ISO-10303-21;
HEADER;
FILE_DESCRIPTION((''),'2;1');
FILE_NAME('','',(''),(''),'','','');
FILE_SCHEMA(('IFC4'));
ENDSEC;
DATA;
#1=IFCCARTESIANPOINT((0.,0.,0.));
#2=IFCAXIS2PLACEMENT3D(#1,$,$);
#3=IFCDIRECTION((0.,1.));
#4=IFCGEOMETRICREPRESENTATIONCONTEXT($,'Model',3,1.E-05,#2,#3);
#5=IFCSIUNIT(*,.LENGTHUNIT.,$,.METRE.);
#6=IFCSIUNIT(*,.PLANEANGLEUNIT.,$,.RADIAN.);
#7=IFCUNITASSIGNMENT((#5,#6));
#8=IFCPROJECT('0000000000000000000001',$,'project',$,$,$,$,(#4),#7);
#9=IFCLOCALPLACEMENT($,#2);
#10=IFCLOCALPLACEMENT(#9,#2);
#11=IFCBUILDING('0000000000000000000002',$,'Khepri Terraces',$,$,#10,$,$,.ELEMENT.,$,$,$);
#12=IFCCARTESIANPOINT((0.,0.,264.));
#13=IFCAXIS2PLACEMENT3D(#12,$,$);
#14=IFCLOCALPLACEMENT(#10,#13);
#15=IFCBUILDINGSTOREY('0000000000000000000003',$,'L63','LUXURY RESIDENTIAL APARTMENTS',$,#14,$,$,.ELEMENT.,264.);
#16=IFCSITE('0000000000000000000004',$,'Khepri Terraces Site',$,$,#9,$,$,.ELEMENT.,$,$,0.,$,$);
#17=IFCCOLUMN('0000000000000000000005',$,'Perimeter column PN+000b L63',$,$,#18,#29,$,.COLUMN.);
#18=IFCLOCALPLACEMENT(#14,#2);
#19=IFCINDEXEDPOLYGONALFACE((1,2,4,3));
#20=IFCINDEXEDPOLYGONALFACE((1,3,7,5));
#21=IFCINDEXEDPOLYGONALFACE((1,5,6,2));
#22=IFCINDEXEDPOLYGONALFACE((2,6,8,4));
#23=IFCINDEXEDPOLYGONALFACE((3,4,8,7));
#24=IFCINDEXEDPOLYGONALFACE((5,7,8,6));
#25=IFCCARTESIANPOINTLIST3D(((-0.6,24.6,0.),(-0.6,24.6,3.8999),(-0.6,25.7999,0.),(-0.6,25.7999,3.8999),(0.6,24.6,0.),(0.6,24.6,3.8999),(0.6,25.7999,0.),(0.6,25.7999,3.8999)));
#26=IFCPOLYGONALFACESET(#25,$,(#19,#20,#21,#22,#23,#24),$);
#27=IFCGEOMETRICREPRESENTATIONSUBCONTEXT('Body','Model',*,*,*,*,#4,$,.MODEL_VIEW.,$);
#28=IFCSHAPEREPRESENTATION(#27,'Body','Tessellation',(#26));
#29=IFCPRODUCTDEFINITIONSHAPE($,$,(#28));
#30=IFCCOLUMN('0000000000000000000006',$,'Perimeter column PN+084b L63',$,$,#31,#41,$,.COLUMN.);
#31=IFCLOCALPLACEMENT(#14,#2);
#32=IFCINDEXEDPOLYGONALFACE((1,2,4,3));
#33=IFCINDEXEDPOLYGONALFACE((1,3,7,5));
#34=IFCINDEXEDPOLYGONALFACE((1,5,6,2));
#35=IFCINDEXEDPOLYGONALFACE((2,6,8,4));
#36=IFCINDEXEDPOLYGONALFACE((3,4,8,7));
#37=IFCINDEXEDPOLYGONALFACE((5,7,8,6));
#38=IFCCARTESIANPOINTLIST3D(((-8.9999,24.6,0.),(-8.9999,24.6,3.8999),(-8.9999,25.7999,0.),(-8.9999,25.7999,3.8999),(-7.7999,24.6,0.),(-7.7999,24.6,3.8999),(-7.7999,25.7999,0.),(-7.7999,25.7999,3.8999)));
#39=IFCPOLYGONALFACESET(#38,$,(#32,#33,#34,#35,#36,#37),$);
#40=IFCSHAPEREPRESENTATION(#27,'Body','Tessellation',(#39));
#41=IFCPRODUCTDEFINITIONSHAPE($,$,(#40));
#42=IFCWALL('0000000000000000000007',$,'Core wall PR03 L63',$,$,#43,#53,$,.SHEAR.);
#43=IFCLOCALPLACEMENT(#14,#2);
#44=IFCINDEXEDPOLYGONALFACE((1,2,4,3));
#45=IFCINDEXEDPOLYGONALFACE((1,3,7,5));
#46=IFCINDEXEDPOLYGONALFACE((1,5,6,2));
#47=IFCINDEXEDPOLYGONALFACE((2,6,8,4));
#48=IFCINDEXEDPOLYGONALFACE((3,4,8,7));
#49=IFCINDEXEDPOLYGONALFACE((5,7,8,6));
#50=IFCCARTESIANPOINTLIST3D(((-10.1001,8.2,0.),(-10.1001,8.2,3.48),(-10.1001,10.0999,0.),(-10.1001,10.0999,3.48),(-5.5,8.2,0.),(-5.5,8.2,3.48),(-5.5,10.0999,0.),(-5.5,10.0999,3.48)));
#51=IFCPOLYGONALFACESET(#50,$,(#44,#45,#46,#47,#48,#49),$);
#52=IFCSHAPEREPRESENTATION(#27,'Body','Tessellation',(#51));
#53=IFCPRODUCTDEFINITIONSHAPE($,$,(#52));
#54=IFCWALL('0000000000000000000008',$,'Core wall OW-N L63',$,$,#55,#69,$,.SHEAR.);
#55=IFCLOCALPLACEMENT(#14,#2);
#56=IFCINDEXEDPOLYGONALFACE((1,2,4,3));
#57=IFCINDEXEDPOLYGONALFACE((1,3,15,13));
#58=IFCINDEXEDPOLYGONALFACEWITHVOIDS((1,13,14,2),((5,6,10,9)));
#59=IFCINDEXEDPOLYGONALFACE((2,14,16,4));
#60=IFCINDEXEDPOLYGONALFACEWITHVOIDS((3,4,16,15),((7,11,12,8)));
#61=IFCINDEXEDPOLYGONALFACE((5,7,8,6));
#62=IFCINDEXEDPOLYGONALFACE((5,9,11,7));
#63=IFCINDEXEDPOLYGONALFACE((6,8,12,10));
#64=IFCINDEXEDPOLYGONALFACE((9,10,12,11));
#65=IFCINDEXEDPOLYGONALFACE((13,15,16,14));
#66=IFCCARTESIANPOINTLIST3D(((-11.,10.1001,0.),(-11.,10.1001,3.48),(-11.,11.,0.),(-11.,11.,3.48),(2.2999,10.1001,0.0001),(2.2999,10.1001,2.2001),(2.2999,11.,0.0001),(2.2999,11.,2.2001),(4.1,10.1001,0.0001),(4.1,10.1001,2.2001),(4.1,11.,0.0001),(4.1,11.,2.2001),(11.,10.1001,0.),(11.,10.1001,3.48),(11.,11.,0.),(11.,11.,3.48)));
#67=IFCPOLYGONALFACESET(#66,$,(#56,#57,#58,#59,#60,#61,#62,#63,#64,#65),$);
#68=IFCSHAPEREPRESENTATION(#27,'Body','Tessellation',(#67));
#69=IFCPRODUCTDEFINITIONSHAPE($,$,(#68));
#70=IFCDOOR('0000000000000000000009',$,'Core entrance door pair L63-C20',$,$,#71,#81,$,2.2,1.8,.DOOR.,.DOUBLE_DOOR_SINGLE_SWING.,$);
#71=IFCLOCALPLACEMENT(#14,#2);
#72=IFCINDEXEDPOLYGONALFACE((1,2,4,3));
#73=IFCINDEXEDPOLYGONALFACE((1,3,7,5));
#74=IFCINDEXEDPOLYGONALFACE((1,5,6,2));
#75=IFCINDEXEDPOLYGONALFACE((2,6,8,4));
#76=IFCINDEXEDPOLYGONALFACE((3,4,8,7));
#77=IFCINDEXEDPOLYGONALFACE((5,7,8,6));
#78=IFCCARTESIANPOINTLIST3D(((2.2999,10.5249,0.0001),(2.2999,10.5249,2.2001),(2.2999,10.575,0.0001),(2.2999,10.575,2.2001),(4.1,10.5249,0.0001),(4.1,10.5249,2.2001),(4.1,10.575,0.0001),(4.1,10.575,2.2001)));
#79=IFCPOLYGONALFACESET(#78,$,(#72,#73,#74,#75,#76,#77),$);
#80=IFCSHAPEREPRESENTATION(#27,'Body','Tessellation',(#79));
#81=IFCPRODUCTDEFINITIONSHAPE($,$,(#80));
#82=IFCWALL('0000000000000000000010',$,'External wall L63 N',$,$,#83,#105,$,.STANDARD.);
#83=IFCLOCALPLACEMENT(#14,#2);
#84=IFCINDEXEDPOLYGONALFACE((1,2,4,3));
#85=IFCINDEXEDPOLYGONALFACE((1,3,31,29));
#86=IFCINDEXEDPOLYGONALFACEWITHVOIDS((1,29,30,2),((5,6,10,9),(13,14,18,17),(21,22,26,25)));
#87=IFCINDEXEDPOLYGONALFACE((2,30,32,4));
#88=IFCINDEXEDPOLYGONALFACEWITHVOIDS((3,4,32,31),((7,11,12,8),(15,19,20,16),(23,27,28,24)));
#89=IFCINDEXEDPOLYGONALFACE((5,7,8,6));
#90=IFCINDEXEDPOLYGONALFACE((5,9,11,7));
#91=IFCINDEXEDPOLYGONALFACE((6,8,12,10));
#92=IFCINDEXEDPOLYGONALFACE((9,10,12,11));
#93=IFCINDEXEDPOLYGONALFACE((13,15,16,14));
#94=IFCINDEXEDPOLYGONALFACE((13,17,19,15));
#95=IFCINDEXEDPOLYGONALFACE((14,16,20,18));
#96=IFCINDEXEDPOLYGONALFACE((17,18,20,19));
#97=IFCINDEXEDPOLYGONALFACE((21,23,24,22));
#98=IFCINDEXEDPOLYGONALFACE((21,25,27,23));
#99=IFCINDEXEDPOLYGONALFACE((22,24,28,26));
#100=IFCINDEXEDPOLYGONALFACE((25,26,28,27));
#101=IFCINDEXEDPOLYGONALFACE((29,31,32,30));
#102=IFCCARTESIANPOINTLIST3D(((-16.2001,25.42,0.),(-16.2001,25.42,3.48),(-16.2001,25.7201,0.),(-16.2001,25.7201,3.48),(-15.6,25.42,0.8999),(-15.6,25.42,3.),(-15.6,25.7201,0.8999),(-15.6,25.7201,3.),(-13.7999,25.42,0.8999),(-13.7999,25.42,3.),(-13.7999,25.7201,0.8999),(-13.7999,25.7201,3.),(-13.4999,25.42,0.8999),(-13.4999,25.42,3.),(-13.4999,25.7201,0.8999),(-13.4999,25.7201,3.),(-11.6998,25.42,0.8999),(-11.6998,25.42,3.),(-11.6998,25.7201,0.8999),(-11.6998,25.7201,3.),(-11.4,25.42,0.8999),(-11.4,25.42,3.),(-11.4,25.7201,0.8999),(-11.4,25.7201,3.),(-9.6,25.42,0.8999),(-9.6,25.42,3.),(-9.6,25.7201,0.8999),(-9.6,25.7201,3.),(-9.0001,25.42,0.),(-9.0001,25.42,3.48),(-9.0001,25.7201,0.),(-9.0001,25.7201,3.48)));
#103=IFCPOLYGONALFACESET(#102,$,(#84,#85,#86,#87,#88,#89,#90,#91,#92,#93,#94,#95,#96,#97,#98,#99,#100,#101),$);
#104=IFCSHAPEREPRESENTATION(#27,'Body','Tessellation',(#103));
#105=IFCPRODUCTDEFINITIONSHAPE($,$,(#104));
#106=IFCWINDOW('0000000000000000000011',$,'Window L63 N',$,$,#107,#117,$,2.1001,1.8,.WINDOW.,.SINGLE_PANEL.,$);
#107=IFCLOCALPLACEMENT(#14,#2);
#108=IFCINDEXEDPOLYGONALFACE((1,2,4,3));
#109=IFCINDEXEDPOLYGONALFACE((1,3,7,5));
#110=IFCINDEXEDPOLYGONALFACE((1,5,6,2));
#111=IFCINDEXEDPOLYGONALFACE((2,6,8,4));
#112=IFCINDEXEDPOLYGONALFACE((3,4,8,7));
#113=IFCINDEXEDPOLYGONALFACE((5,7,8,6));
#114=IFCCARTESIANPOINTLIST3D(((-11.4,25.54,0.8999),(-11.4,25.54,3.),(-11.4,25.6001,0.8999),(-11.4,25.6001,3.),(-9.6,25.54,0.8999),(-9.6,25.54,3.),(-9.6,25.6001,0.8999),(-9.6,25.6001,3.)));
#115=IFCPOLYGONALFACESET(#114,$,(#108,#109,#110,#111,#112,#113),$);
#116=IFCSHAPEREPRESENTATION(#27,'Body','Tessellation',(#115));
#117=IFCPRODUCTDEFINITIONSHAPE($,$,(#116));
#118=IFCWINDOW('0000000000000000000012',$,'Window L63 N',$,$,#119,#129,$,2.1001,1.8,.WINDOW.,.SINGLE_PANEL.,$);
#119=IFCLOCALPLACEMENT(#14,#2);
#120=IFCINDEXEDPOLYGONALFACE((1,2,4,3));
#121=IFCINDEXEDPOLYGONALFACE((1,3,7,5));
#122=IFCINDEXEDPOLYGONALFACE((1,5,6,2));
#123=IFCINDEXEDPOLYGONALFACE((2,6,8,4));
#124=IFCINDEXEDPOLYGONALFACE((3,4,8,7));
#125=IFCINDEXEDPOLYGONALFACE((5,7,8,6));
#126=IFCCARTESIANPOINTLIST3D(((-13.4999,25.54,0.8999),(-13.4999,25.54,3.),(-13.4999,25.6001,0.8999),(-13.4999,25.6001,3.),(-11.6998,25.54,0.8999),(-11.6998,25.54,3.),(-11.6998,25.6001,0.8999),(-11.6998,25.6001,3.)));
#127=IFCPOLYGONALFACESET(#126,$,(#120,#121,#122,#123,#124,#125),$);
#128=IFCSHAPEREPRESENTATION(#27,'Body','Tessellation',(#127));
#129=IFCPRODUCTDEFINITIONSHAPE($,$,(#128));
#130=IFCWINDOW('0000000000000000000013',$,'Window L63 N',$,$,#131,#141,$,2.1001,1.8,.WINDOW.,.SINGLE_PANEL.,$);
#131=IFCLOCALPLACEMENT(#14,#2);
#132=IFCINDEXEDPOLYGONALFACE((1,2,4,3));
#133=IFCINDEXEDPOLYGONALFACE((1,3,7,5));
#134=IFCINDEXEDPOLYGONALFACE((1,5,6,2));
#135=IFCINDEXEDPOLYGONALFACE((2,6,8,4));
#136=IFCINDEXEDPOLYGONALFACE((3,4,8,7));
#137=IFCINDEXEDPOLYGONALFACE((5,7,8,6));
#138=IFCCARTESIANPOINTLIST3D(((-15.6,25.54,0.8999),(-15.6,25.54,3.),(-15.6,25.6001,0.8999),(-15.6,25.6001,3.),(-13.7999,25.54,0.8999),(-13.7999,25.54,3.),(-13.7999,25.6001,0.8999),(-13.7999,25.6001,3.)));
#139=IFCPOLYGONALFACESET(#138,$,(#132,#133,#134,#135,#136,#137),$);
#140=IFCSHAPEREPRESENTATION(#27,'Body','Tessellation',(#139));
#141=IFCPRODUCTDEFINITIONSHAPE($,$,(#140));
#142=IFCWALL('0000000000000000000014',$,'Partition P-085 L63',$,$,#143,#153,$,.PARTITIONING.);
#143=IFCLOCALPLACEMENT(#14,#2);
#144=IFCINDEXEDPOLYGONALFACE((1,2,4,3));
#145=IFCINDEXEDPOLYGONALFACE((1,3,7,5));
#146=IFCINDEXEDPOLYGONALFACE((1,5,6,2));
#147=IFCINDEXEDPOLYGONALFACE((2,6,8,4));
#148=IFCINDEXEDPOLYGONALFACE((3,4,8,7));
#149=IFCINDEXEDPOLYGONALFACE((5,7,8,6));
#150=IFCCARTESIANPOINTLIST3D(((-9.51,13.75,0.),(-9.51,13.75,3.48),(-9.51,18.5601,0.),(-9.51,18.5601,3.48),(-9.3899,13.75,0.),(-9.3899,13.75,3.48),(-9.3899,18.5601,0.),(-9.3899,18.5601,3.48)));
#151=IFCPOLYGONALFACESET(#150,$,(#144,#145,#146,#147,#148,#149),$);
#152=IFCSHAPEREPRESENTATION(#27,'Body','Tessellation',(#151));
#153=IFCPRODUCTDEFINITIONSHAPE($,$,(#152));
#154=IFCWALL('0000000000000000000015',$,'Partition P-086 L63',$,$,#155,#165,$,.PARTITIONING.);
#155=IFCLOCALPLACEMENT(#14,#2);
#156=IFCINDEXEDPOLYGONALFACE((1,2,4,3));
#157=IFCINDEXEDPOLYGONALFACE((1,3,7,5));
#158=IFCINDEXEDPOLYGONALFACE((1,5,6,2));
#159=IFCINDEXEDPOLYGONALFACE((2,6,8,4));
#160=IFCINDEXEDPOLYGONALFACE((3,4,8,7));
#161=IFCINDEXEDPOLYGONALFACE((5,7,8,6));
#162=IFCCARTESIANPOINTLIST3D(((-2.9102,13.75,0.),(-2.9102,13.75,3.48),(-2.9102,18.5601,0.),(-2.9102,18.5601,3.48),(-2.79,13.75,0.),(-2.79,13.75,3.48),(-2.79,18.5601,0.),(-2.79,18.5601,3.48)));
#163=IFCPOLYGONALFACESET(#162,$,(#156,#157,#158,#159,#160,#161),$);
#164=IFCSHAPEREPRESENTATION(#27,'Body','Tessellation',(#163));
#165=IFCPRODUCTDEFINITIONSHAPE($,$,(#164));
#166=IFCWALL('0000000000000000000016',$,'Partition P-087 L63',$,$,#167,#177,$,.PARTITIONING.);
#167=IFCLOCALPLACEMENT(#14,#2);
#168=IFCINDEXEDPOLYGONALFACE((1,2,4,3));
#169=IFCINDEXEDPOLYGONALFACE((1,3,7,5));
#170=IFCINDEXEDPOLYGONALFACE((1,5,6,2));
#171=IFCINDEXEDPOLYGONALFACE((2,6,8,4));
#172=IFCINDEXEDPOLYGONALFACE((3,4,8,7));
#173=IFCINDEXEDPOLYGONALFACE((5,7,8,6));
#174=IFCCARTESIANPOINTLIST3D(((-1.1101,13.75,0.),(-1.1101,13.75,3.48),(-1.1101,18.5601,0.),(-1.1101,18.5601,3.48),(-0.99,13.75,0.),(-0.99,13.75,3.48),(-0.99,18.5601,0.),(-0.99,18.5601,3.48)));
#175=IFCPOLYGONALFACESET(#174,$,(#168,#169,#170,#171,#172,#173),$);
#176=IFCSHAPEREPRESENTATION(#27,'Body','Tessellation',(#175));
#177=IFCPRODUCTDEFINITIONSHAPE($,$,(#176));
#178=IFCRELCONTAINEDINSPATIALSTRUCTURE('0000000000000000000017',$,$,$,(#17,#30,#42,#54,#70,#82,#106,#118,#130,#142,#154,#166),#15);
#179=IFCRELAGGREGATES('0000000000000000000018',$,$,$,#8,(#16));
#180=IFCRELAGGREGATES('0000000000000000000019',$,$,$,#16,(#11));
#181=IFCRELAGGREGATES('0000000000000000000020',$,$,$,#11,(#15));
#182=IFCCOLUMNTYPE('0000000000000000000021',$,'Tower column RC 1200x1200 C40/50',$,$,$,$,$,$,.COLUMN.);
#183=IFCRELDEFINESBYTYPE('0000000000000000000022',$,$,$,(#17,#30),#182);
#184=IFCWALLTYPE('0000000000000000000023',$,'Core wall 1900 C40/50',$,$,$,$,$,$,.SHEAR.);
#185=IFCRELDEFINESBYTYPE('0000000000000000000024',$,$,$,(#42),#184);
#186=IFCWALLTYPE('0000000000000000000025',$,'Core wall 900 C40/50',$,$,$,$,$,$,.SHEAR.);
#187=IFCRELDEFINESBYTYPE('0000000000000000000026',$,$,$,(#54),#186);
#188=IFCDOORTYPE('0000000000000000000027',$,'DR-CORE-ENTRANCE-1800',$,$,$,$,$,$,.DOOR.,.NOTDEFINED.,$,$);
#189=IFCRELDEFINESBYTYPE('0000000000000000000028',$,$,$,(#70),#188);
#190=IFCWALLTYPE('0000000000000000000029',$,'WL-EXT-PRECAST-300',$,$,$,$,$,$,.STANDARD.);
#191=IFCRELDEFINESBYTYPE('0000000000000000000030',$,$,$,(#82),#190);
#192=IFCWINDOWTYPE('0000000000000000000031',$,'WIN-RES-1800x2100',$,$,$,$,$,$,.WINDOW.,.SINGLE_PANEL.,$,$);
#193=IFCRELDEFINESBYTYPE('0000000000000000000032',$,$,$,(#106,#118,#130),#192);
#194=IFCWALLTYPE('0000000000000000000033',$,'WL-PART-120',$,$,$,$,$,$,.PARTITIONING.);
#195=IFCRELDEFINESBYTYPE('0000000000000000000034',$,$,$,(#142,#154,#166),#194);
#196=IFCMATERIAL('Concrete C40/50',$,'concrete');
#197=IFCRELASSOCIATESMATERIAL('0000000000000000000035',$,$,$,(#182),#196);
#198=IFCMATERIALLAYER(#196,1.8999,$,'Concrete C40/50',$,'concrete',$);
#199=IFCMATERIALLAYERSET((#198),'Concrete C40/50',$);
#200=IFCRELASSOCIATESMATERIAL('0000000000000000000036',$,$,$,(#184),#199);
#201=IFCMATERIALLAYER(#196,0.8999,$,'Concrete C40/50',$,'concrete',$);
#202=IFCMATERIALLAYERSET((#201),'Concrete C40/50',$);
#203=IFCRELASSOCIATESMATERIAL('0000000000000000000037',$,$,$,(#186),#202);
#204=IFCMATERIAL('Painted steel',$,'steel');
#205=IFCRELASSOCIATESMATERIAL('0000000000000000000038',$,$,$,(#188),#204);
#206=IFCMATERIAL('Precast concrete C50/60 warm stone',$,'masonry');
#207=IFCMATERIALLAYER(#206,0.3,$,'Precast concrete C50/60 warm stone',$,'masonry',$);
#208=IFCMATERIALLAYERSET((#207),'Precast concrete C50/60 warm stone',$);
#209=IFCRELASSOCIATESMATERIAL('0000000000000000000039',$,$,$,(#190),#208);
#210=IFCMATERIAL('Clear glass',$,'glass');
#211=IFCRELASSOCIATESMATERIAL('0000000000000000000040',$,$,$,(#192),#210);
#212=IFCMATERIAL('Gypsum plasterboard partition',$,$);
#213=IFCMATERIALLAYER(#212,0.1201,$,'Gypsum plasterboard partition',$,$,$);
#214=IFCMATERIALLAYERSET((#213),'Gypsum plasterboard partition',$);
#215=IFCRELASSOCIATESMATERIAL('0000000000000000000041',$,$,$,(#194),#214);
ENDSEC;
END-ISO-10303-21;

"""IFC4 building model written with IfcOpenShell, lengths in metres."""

from ifc_helpers import new_model, si_unit, direction, frame, frame_2d, origin, origin_2d, place, context, subcontext, project, spatial, rectangle, extrude, material, layer, layer_set, material_profile, profile_set, type_object, element, fill, save


model = new_model("IFC4")

# Units and contexts
model_context = context("Model", 3, precision=1e-05, world=origin(), true_north=direction((0.0, 1.0)))
body_context = subcontext(model_context, "Body", "Model", "MODEL_VIEW")
ifc_project = project(units=[si_unit("LENGTHUNIT", "METRE"), si_unit("PLANEANGLEUNIT", "RADIAN")], contexts=[model_context])

# Site, building, storey
site_placement = place(None, origin())
site = spatial("IfcSite", under=ifc_project, at=site_placement, Name="Khepri Terraces Site", CompositionType="ELEMENT", RefElevation=0.0)
building_placement = place(site_placement, origin())
building = spatial("IfcBuilding", under=site, at=building_placement, Name="Khepri Terraces", CompositionType="ELEMENT")
storey_placement = place(building_placement, frame((0.0, 0.0, 264.0)))
storey = spatial("IfcBuildingStorey", under=building, at=storey_placement, Name="L63", Description="LUXURY RESIDENTIAL APARTMENTS", CompositionType="ELEMENT", Elevation=264.0)

# Columns
ifc_material_1 = material(Name="Concrete C40/50", Category="concrete")
ifc_material_profile = material_profile(ifc_material_1, rectangle(XDim=1.2, YDim=1.2, at=origin_2d()), Name="Concrete C40/50", Category="concrete")
ifc_profile_set = profile_set([ifc_material_profile], Name="Concrete C40/50")
column_type = type_object("IfcColumnType", Name="Tower column RC 1200x1200 C40/50", PredefinedType="COLUMN", material=ifc_profile_set)
for number, where, z_axis, x_axis, name in (
    (1, (0.0, 25.2, 0.0), (0.0, 0.0, 1.0), (1.0, 0.0, 0.0), "Perimeter column PN+000b L63"),
    (2, (-8.3999, 25.2, 0.0), (0.0, 0.0, 1.0), (1.0, 0.0, 0.0), "Perimeter column PN+084b L63"),
):
    element("IfcColumn", number, at=place(storey_placement, frame(where, z_axis=z_axis, x_axis=x_axis)), inside=storey, type_object=column_type, Name=name, PredefinedType="COLUMN", context=body_context, shape_type="SweptSolid", body=[
        extrude(rectangle(XDim=1.2, YDim=1.2, at=origin_2d()), origin(), (0.0, 0.0, 1.0), 3.8999),
    ])

# Wall
ifc_layer_1 = layer(ifc_material_1, 1.8999, Name="Concrete C40/50", Category="concrete")
ifc_layer_set_1 = layer_set([ifc_layer_1], Name="Concrete C40/50")
wall_type_1 = type_object("IfcWallType", Name="Core wall 1900 C40/50", PredefinedType="SHEAR", material=ifc_layer_set_1)
wall_1_placement = place(storey_placement, frame((-10.1001, 9.1499, 0.0), z_axis=(0.0, 0.0, 1.0), x_axis=(1.0, 0.0, 0.0)))
element("IfcWall", 3, at=wall_1_placement, inside=storey, type_object=wall_type_1, Name="Core wall PR03 L63", PredefinedType="SHEAR", context=body_context, shape_type="SweptSolid", body=[
    extrude(rectangle(XDim=4.6001, YDim=1.8999, at=frame_2d((2.3, 0.0))), origin(), (0.0, 0.0, 1.0), 3.48),
])

# Wall, opening, door
ifc_layer_2 = layer(ifc_material_1, 0.8999, Name="Concrete C40/50", Category="concrete")
ifc_layer_set_2 = layer_set([ifc_layer_2], Name="Concrete C40/50")
wall_type_2 = type_object("IfcWallType", Name="Core wall 900 C40/50", PredefinedType="SHEAR", material=ifc_layer_set_2)
wall_2_placement = place(storey_placement, frame((-11.0, 10.55, 0.0), z_axis=(0.0, 0.0, 1.0), x_axis=(1.0, 0.0, 0.0)))
wall_2 = element("IfcWall", 4, at=wall_2_placement, inside=storey, type_object=wall_type_2, Name="Core wall OW-N L63", PredefinedType="SHEAR", context=body_context, shape_type="SweptSolid", body=[
    extrude(rectangle(XDim=22.0, YDim=0.8999, at=frame_2d((11.0, 0.0))), origin(), (0.0, 0.0, 1.0), 3.48),
])
opening_1_placement = place(wall_2_placement, frame((13.3, 0.0, 0.0)))
opening_1 = element("IfcOpeningElement", 5, at=opening_1_placement, cuts=wall_2, PredefinedType="OPENING", context=body_context, shape_type="SweptSolid", body=[
    extrude(rectangle(XDim=1.8, YDim=2.2, at=frame_2d((0.8999, 1.1001))), frame((0.0, 0.46, 0.0), z_axis=(0.0, -1.0, 0.0), x_axis=(1.0, 0.0, 0.0)), (0.0, 0.0, 1.0), 0.9199),
])
ifc_material_2 = material(Name="Painted steel", Category="steel")
door_type_1 = type_object("IfcDoorType", Name="DR-CORE-ENTRANCE-1800", OperationType="NOTDEFINED", PredefinedType="DOOR", material=ifc_material_2)
door_1_placement = place(opening_1_placement, origin())
door_1 = element("IfcDoor", 6, at=door_1_placement, inside=storey, type_object=door_type_1, Name="Core entrance door pair L63-C20", OperationType="DOUBLE_DOOR_SINGLE_SWING", OverallHeight=2.2, OverallWidth=1.8, PredefinedType="DOOR", context=body_context, shape_type="SweptSolid", body=[
    extrude(rectangle(XDim=1.8, YDim=2.2, at=frame_2d((0.8999, 1.1001))), frame((0.0, 0.0249, 0.0), z_axis=(0.0, -1.0, 0.0), x_axis=(1.0, 0.0, 0.0)), (0.0, 0.0, 1.0), 0.05),
])
fill(opening_1, door_1)

# Shared definitions
ifc_material_3 = material(Name="Precast concrete C50/60 warm stone", Category="masonry")
ifc_layer_3 = layer(ifc_material_3, 0.3, Name="Precast concrete C50/60 warm stone", Category="masonry")
ifc_layer_set_3 = layer_set([ifc_layer_3], Name="Precast concrete C50/60 warm stone")
wall_type_3 = type_object("IfcWallType", Name="WL-EXT-PRECAST-300", PredefinedType="STANDARD", material=ifc_layer_set_3)
ifc_material_4 = material(Name="Clear glass", Category="glass")
window_type = type_object("IfcWindowType", Name="WIN-RES-1800x2100", PartitioningType="SINGLE_PANEL", PredefinedType="WINDOW", material=ifc_material_4)

# Wall, openings, windows
wall_3_placement = place(storey_placement, frame((-9.0, 25.5701, 0.0), z_axis=(0.0, 0.0, 1.0), x_axis=(-1.0, 0.0, 0.0)))
wall_3 = element("IfcWall", 7, at=wall_3_placement, inside=storey, type_object=wall_type_3, Name="External wall L63 N", PredefinedType="STANDARD", context=body_context, shape_type="SweptSolid", body=[
    extrude(rectangle(XDim=7.2, YDim=0.3, at=frame_2d((3.6001, 0.0))), origin(), (0.0, 0.0, 1.0), 3.48),
])
opening_2_placement = place(wall_3_placement, frame((0.6001, 0.0, 0.8999)))
opening_2 = element("IfcOpeningElement", 8, at=opening_2_placement, cuts=wall_3, PredefinedType="OPENING", context=body_context, shape_type="SweptSolid", body=[
    extrude(rectangle(XDim=1.8, YDim=2.1001, at=frame_2d((0.8999, 1.05))), frame((0.0, 0.1602, 0.0), z_axis=(0.0, -1.0, 0.0), x_axis=(1.0, 0.0, 0.0)), (0.0, 0.0, 1.0), 0.3201),
])
opening_3_placement = place(wall_3_placement, frame((2.7, 0.0, 0.8999)))
opening_3 = element("IfcOpeningElement", 9, at=opening_3_placement, cuts=wall_3, PredefinedType="OPENING", context=body_context, shape_type="SweptSolid", body=[
    extrude(rectangle(XDim=1.8, YDim=2.1001, at=frame_2d((0.8999, 1.05))), frame((0.0, 0.1602, 0.0), z_axis=(0.0, -1.0, 0.0), x_axis=(1.0, 0.0, 0.0)), (0.0, 0.0, 1.0), 0.3201),
])
opening_4_placement = place(wall_3_placement, frame((4.8, 0.0, 0.8999)))
opening_4 = element("IfcOpeningElement", 10, at=opening_4_placement, cuts=wall_3, PredefinedType="OPENING", context=body_context, shape_type="SweptSolid", body=[
    extrude(rectangle(XDim=1.8, YDim=2.1001, at=frame_2d((0.8999, 1.05))), frame((0.0, 0.1602, 0.0), z_axis=(0.0, -1.0, 0.0), x_axis=(1.0, 0.0, 0.0)), (0.0, 0.0, 1.0), 0.3201),
])
window_1_placement = place(opening_2_placement, origin())
window_1 = element("IfcWindow", 11, at=window_1_placement, inside=storey, type_object=window_type, Name="Window L63 N", OverallHeight=2.1001, OverallWidth=1.8, PartitioningType="SINGLE_PANEL", PredefinedType="WINDOW", context=body_context, shape_type="SweptSolid", body=[
    extrude(rectangle(XDim=1.8, YDim=2.1001, at=frame_2d((0.8999, 1.05))), frame((0.0, 0.03, 0.0), z_axis=(0.0, -1.0, 0.0), x_axis=(1.0, 0.0, 0.0)), (0.0, 0.0, 1.0), 0.0601),
])
fill(opening_2, window_1)
window_2_placement = place(opening_3_placement, origin())
window_2 = element("IfcWindow", 12, at=window_2_placement, inside=storey, type_object=window_type, Name="Window L63 N", OverallHeight=2.1001, OverallWidth=1.8, PartitioningType="SINGLE_PANEL", PredefinedType="WINDOW", context=body_context, shape_type="SweptSolid", body=[
    extrude(rectangle(XDim=1.8, YDim=2.1001, at=frame_2d((0.8999, 1.05))), frame((0.0, 0.03, 0.0), z_axis=(0.0, -1.0, 0.0), x_axis=(1.0, 0.0, 0.0)), (0.0, 0.0, 1.0), 0.0601),
])
fill(opening_3, window_2)
window_3_placement = place(opening_4_placement, origin())
window_3 = element("IfcWindow", 13, at=window_3_placement, inside=storey, type_object=window_type, Name="Window L63 N", OverallHeight=2.1001, OverallWidth=1.8, PartitioningType="SINGLE_PANEL", PredefinedType="WINDOW", context=body_context, shape_type="SweptSolid", body=[
    extrude(rectangle(XDim=1.8, YDim=2.1001, at=frame_2d((0.8999, 1.05))), frame((0.0, 0.03, 0.0), z_axis=(0.0, -1.0, 0.0), x_axis=(1.0, 0.0, 0.0)), (0.0, 0.0, 1.0), 0.0601),
])
fill(opening_4, window_3)

# Walls
ifc_material_5 = material(Name="Gypsum plasterboard partition")
ifc_layer_4 = layer(ifc_material_5, 0.1201, Name="Gypsum plasterboard partition")
ifc_layer_set_4 = layer_set([ifc_layer_4], Name="Gypsum plasterboard partition")
wall_type_4 = type_object("IfcWallType", Name="WL-PART-120", PredefinedType="PARTITIONING", material=ifc_layer_set_4)
for number, where, z_axis, x_axis, name in (
    (14, (-9.45, 13.75, 0.0), (0.0, 0.0, 1.0), (0.0, 1.0, 0.0), "Partition P-085 L63"),
    (15, (-2.8501, 13.75, 0.0), (0.0, 0.0, 1.0), (0.0, 1.0, 0.0), "Partition P-086 L63"),
    (16, (-1.05, 13.75, 0.0), (0.0, 0.0, 1.0), (0.0, 1.0, 0.0), "Partition P-087 L63"),
):
    element("IfcWall", number, at=place(storey_placement, frame(where, z_axis=z_axis, x_axis=x_axis)), inside=storey, type_object=wall_type_4, Name=name, PredefinedType="PARTITIONING", context=body_context, shape_type="SweptSolid", body=[
        extrude(rectangle(XDim=4.8101, YDim=0.1201, at=frame_2d((2.405, 0.0))), origin(), (0.0, 0.0, 1.0), 3.48),
    ])

save(model, "model.ifc")
